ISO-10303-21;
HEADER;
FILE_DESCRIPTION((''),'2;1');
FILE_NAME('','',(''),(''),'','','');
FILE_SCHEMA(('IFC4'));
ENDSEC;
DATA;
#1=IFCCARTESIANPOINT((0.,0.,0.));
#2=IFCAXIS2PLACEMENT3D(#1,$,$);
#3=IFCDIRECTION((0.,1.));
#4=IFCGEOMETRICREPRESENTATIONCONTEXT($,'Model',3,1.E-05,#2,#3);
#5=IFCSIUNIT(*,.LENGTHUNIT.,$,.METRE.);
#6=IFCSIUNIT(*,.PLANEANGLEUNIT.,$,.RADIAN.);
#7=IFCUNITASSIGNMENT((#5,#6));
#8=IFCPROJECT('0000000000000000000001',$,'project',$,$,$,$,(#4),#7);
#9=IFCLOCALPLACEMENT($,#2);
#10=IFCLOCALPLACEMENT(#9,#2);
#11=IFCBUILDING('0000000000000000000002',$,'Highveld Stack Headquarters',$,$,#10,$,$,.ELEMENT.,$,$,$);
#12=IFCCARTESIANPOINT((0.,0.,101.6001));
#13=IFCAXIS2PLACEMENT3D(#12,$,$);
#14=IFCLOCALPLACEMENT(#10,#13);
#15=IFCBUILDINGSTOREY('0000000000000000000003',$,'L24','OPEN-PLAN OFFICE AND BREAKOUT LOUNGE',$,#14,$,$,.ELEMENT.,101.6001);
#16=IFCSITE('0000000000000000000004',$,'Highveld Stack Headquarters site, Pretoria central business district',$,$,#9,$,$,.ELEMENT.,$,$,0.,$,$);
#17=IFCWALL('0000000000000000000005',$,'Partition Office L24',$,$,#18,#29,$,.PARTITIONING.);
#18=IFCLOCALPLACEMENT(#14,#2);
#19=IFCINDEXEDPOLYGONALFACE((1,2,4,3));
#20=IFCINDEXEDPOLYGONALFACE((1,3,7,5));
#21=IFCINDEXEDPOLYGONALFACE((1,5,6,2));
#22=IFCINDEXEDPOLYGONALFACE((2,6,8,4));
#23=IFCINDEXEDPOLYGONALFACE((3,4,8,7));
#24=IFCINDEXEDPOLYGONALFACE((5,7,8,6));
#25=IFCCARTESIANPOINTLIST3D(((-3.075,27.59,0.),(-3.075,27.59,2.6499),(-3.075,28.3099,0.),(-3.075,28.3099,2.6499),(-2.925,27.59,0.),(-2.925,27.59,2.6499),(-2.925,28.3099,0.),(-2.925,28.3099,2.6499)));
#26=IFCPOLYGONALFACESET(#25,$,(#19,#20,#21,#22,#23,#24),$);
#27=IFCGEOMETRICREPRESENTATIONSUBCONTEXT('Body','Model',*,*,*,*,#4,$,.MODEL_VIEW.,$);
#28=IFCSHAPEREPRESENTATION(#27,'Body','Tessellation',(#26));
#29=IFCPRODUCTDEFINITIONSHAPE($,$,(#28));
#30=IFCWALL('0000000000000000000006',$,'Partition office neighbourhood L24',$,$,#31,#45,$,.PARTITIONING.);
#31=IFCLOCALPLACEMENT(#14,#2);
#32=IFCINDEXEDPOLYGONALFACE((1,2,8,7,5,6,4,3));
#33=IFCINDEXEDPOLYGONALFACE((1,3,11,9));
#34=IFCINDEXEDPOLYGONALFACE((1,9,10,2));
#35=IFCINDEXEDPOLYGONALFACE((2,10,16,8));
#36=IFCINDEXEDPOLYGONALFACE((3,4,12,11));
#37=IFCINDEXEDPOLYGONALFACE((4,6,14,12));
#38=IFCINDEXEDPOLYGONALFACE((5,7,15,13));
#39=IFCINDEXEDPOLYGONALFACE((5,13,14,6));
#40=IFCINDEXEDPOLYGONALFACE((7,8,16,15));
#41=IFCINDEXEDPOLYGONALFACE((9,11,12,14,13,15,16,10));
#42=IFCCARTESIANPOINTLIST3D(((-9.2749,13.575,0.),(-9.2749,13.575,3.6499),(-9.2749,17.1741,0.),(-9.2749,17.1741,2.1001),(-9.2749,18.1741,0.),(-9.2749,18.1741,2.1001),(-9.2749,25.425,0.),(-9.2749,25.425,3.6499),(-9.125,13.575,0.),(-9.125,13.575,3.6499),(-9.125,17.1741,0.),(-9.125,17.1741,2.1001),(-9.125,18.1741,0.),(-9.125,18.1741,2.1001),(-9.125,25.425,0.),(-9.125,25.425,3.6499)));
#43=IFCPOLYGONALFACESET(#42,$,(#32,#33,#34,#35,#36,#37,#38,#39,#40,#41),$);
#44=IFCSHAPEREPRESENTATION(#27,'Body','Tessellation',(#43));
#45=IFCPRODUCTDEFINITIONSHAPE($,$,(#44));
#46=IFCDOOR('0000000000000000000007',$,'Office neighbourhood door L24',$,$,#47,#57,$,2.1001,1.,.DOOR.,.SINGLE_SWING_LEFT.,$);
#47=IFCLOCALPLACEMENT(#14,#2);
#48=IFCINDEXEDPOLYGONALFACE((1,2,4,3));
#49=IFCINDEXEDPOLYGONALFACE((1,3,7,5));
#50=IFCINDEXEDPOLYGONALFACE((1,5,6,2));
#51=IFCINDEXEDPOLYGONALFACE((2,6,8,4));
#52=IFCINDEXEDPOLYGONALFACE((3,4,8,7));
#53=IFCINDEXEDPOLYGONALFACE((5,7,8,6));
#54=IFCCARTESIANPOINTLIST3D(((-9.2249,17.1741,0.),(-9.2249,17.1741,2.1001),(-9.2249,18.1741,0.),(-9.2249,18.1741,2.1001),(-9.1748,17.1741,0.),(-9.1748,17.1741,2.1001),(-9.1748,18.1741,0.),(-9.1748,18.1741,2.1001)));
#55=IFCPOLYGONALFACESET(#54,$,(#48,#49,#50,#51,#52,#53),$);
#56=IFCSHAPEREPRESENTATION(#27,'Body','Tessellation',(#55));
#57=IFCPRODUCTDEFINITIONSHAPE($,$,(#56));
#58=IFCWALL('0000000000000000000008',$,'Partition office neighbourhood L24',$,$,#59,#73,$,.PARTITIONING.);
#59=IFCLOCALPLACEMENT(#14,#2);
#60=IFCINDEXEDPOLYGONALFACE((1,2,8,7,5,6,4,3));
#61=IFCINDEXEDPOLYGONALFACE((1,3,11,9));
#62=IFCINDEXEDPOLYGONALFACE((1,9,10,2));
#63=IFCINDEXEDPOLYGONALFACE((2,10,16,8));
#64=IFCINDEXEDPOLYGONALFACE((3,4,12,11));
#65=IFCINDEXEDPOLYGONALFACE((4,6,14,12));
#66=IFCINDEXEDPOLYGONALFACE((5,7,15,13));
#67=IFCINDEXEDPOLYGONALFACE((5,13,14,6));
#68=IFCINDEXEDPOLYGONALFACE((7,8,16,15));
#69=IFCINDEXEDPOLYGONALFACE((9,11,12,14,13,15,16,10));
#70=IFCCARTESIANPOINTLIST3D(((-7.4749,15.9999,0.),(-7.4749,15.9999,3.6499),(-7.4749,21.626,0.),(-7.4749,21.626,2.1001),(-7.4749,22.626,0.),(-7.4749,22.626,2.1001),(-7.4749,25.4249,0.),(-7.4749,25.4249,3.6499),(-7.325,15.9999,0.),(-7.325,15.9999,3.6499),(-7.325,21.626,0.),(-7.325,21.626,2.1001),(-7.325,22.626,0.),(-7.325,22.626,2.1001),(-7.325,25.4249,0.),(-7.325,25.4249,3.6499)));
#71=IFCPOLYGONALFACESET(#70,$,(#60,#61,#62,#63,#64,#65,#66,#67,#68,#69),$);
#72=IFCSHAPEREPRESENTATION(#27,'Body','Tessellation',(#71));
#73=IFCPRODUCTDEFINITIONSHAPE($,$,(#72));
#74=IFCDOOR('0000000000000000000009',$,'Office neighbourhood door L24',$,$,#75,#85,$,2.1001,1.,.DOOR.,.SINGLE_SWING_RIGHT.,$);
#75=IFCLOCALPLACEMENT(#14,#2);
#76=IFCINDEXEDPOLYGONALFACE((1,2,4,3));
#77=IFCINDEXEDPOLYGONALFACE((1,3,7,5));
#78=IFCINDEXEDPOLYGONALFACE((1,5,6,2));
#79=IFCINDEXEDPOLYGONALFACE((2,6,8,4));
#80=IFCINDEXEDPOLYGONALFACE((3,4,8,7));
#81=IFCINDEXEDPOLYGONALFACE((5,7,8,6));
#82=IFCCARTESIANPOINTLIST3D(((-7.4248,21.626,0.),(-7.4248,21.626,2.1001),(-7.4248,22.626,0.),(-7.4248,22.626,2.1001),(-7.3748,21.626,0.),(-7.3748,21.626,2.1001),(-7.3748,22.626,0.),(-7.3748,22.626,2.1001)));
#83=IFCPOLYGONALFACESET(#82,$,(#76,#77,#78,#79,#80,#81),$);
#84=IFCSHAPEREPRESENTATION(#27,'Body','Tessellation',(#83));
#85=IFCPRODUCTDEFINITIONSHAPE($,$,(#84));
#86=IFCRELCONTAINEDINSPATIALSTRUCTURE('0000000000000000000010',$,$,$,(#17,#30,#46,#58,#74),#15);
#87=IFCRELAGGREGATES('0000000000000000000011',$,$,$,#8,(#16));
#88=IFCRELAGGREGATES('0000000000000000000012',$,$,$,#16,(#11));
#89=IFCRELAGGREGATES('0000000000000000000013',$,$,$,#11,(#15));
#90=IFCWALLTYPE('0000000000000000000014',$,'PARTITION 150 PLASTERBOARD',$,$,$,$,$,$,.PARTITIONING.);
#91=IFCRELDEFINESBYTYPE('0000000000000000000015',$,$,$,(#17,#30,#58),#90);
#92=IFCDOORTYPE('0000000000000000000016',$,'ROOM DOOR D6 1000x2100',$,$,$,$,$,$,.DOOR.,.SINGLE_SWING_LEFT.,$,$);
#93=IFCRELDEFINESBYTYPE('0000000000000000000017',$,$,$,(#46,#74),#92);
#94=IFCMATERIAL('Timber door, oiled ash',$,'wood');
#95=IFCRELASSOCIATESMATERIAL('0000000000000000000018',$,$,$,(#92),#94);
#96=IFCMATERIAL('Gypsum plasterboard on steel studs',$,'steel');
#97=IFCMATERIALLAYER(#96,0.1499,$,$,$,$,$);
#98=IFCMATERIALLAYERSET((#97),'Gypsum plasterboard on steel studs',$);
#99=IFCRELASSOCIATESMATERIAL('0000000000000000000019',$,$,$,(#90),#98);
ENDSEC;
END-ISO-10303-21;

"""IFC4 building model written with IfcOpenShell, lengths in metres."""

from ifc_helpers import new_model, si_unit, direction, frame, frame_2d, origin, place, context, subcontext, project, spatial, rectangle, extrude, material, layer, layer_set, type_object, element, fill, save


model = new_model("IFC4")

# Units and contexts
model_context = context("Model", 3, precision=1e-05, world=origin(), true_north=direction((0.0, 1.0)))
body_context = subcontext(model_context, "Body", "Model", "MODEL_VIEW")
ifc_project = project(units=[si_unit("LENGTHUNIT", "METRE"), si_unit("PLANEANGLEUNIT", "RADIAN")], contexts=[model_context])

# Site, building, storey
site_placement = place(None, origin())
site = spatial("IfcSite", under=ifc_project, at=site_placement, Name="Highveld Stack Headquarters site, Pretoria central business district", CompositionType="ELEMENT", RefElevation=0.0)
building_placement = place(site_placement, origin())
building = spatial("IfcBuilding", under=site, at=building_placement, Name="Highveld Stack Headquarters", CompositionType="ELEMENT")
storey_placement = place(building_placement, frame((0.0, 0.0, 101.6001)))
storey = spatial("IfcBuildingStorey", under=building, at=storey_placement, Name="L24", Description="OPEN-PLAN OFFICE AND BREAKOUT LOUNGE", CompositionType="ELEMENT", Elevation=101.6001)

# Shared definitions
ifc_material_1 = material(Name="Timber door, oiled ash", Category="wood")
door_type = type_object("IfcDoorType", Name="ROOM DOOR D6 1000x2100", OperationType="SINGLE_SWING_LEFT", PredefinedType="DOOR", material=ifc_material_1)

# Shared definitions
ifc_material_2 = material(Name="Gypsum plasterboard on steel studs", Category="steel")
ifc_layer_1 = layer(ifc_material_2, 0.1499)
ifc_layer_set_1 = layer_set([ifc_layer_1], Name="Gypsum plasterboard on steel studs")
wall_type_1 = type_object("IfcWallType", Name="PARTITION 150 PLASTERBOARD", PredefinedType="PARTITIONING", material=ifc_layer_set_1)

# Wall
wall_1_placement = place(storey_placement, frame((-3.0, 27.5901, 0.0), z_axis=(0.0, 0.0, 1.0), x_axis=(0.0, 1.0, 0.0)))
element("IfcWall", 1, at=wall_1_placement, inside=storey, type_object=wall_type_1, Name="Partition Office L24", PredefinedType="PARTITIONING", context=body_context, shape_type="SweptSolid", body=[
    extrude(rectangle(XDim=0.72, YDim=0.1499, at=frame_2d((0.3599, 0.0))), origin(), (0.0, 0.0, 1.0), 2.6499),
])

# Walls, openings, doors
wall_2_placement = place(storey_placement, frame((-9.2, 13.575, 0.0), z_axis=(0.0, 0.0, 1.0), x_axis=(0.0, 1.0, 0.0)))
wall_2 = element("IfcWall", 2, at=wall_2_placement, inside=storey, type_object=wall_type_1, Name="Partition office neighbourhood L24", PredefinedType="PARTITIONING", context=body_context, shape_type="SweptSolid", body=[
    extrude(rectangle(XDim=11.8501, YDim=0.1499, at=frame_2d((5.925, 0.0))), origin(), (0.0, 0.0, 1.0), 3.6499),
])
opening_1_placement = place(wall_2_placement, frame((3.5991, 0.0, 0.0)))
opening_1 = element("IfcOpeningElement", 3, at=opening_1_placement, cuts=wall_2, PredefinedType="OPENING", context=body_context, shape_type="SweptSolid", body=[
    extrude(rectangle(XDim=1.0, YDim=2.1001, at=frame_2d((0.5, 1.05))), frame((0.0, 0.085, 0.0), z_axis=(0.0, -1.0, 0.0), x_axis=(1.0, 0.0, 0.0)), (0.0, 0.0, 1.0), 0.1699),
])
door_1_placement = place(opening_1_placement, origin())
door_1 = element("IfcDoor", 4, at=door_1_placement, inside=storey, type_object=door_type, Name="Office neighbourhood door L24", OperationType="SINGLE_SWING_LEFT", OverallHeight=2.1001, OverallWidth=1.0, PredefinedType="DOOR", context=body_context, shape_type="SweptSolid", body=[
    extrude(rectangle(XDim=1.0, YDim=2.1001, at=frame_2d((0.5, 1.05))), frame((0.0, 0.0249, 0.0), z_axis=(0.0, -1.0, 0.0), x_axis=(1.0, 0.0, 0.0)), (0.0, 0.0, 1.0), 0.05),
])
fill(opening_1, door_1)
wall_3_placement = place(storey_placement, frame((-7.3999, 16.0, 0.0), z_axis=(0.0, 0.0, 1.0), x_axis=(0.0, 1.0, 0.0)))
wall_3 = element("IfcWall", 5, at=wall_3_placement, inside=storey, type_object=wall_type_1, Name="Partition office neighbourhood L24", PredefinedType="PARTITIONING", context=body_context, shape_type="SweptSolid", body=[
    extrude(rectangle(XDim=9.425, YDim=0.1499, at=frame_2d((4.7124, 0.0))), origin(), (0.0, 0.0, 1.0), 3.6499),
])
opening_2_placement = place(wall_3_placement, frame((5.626, 0.0, 0.0)))
opening_2 = element("IfcOpeningElement", 6, at=opening_2_placement, cuts=wall_3, PredefinedType="OPENING", context=body_context, shape_type="SweptSolid", body=[
    extrude(rectangle(XDim=1.0, YDim=2.1001, at=frame_2d((0.5, 1.05))), frame((0.0, 0.085, 0.0), z_axis=(0.0, -1.0, 0.0), x_axis=(1.0, 0.0, 0.0)), (0.0, 0.0, 1.0), 0.1699),
])
door_2_placement = place(opening_2_placement, origin())
door_2 = element("IfcDoor", 7, at=door_2_placement, inside=storey, type_object=door_type, Name="Office neighbourhood door L24", OperationType="SINGLE_SWING_RIGHT", OverallHeight=2.1001, OverallWidth=1.0, PredefinedType="DOOR", context=body_context, shape_type="SweptSolid", body=[
    extrude(rectangle(XDim=1.0, YDim=2.1001, at=frame_2d((0.5, 1.05))), frame((0.0, 0.0249, 0.0), z_axis=(0.0, -1.0, 0.0), x_axis=(1.0, 0.0, 0.0)), (0.0, 0.0, 1.0), 0.05),
])
fill(opening_2, door_2)

save(model, "model.ifc")
